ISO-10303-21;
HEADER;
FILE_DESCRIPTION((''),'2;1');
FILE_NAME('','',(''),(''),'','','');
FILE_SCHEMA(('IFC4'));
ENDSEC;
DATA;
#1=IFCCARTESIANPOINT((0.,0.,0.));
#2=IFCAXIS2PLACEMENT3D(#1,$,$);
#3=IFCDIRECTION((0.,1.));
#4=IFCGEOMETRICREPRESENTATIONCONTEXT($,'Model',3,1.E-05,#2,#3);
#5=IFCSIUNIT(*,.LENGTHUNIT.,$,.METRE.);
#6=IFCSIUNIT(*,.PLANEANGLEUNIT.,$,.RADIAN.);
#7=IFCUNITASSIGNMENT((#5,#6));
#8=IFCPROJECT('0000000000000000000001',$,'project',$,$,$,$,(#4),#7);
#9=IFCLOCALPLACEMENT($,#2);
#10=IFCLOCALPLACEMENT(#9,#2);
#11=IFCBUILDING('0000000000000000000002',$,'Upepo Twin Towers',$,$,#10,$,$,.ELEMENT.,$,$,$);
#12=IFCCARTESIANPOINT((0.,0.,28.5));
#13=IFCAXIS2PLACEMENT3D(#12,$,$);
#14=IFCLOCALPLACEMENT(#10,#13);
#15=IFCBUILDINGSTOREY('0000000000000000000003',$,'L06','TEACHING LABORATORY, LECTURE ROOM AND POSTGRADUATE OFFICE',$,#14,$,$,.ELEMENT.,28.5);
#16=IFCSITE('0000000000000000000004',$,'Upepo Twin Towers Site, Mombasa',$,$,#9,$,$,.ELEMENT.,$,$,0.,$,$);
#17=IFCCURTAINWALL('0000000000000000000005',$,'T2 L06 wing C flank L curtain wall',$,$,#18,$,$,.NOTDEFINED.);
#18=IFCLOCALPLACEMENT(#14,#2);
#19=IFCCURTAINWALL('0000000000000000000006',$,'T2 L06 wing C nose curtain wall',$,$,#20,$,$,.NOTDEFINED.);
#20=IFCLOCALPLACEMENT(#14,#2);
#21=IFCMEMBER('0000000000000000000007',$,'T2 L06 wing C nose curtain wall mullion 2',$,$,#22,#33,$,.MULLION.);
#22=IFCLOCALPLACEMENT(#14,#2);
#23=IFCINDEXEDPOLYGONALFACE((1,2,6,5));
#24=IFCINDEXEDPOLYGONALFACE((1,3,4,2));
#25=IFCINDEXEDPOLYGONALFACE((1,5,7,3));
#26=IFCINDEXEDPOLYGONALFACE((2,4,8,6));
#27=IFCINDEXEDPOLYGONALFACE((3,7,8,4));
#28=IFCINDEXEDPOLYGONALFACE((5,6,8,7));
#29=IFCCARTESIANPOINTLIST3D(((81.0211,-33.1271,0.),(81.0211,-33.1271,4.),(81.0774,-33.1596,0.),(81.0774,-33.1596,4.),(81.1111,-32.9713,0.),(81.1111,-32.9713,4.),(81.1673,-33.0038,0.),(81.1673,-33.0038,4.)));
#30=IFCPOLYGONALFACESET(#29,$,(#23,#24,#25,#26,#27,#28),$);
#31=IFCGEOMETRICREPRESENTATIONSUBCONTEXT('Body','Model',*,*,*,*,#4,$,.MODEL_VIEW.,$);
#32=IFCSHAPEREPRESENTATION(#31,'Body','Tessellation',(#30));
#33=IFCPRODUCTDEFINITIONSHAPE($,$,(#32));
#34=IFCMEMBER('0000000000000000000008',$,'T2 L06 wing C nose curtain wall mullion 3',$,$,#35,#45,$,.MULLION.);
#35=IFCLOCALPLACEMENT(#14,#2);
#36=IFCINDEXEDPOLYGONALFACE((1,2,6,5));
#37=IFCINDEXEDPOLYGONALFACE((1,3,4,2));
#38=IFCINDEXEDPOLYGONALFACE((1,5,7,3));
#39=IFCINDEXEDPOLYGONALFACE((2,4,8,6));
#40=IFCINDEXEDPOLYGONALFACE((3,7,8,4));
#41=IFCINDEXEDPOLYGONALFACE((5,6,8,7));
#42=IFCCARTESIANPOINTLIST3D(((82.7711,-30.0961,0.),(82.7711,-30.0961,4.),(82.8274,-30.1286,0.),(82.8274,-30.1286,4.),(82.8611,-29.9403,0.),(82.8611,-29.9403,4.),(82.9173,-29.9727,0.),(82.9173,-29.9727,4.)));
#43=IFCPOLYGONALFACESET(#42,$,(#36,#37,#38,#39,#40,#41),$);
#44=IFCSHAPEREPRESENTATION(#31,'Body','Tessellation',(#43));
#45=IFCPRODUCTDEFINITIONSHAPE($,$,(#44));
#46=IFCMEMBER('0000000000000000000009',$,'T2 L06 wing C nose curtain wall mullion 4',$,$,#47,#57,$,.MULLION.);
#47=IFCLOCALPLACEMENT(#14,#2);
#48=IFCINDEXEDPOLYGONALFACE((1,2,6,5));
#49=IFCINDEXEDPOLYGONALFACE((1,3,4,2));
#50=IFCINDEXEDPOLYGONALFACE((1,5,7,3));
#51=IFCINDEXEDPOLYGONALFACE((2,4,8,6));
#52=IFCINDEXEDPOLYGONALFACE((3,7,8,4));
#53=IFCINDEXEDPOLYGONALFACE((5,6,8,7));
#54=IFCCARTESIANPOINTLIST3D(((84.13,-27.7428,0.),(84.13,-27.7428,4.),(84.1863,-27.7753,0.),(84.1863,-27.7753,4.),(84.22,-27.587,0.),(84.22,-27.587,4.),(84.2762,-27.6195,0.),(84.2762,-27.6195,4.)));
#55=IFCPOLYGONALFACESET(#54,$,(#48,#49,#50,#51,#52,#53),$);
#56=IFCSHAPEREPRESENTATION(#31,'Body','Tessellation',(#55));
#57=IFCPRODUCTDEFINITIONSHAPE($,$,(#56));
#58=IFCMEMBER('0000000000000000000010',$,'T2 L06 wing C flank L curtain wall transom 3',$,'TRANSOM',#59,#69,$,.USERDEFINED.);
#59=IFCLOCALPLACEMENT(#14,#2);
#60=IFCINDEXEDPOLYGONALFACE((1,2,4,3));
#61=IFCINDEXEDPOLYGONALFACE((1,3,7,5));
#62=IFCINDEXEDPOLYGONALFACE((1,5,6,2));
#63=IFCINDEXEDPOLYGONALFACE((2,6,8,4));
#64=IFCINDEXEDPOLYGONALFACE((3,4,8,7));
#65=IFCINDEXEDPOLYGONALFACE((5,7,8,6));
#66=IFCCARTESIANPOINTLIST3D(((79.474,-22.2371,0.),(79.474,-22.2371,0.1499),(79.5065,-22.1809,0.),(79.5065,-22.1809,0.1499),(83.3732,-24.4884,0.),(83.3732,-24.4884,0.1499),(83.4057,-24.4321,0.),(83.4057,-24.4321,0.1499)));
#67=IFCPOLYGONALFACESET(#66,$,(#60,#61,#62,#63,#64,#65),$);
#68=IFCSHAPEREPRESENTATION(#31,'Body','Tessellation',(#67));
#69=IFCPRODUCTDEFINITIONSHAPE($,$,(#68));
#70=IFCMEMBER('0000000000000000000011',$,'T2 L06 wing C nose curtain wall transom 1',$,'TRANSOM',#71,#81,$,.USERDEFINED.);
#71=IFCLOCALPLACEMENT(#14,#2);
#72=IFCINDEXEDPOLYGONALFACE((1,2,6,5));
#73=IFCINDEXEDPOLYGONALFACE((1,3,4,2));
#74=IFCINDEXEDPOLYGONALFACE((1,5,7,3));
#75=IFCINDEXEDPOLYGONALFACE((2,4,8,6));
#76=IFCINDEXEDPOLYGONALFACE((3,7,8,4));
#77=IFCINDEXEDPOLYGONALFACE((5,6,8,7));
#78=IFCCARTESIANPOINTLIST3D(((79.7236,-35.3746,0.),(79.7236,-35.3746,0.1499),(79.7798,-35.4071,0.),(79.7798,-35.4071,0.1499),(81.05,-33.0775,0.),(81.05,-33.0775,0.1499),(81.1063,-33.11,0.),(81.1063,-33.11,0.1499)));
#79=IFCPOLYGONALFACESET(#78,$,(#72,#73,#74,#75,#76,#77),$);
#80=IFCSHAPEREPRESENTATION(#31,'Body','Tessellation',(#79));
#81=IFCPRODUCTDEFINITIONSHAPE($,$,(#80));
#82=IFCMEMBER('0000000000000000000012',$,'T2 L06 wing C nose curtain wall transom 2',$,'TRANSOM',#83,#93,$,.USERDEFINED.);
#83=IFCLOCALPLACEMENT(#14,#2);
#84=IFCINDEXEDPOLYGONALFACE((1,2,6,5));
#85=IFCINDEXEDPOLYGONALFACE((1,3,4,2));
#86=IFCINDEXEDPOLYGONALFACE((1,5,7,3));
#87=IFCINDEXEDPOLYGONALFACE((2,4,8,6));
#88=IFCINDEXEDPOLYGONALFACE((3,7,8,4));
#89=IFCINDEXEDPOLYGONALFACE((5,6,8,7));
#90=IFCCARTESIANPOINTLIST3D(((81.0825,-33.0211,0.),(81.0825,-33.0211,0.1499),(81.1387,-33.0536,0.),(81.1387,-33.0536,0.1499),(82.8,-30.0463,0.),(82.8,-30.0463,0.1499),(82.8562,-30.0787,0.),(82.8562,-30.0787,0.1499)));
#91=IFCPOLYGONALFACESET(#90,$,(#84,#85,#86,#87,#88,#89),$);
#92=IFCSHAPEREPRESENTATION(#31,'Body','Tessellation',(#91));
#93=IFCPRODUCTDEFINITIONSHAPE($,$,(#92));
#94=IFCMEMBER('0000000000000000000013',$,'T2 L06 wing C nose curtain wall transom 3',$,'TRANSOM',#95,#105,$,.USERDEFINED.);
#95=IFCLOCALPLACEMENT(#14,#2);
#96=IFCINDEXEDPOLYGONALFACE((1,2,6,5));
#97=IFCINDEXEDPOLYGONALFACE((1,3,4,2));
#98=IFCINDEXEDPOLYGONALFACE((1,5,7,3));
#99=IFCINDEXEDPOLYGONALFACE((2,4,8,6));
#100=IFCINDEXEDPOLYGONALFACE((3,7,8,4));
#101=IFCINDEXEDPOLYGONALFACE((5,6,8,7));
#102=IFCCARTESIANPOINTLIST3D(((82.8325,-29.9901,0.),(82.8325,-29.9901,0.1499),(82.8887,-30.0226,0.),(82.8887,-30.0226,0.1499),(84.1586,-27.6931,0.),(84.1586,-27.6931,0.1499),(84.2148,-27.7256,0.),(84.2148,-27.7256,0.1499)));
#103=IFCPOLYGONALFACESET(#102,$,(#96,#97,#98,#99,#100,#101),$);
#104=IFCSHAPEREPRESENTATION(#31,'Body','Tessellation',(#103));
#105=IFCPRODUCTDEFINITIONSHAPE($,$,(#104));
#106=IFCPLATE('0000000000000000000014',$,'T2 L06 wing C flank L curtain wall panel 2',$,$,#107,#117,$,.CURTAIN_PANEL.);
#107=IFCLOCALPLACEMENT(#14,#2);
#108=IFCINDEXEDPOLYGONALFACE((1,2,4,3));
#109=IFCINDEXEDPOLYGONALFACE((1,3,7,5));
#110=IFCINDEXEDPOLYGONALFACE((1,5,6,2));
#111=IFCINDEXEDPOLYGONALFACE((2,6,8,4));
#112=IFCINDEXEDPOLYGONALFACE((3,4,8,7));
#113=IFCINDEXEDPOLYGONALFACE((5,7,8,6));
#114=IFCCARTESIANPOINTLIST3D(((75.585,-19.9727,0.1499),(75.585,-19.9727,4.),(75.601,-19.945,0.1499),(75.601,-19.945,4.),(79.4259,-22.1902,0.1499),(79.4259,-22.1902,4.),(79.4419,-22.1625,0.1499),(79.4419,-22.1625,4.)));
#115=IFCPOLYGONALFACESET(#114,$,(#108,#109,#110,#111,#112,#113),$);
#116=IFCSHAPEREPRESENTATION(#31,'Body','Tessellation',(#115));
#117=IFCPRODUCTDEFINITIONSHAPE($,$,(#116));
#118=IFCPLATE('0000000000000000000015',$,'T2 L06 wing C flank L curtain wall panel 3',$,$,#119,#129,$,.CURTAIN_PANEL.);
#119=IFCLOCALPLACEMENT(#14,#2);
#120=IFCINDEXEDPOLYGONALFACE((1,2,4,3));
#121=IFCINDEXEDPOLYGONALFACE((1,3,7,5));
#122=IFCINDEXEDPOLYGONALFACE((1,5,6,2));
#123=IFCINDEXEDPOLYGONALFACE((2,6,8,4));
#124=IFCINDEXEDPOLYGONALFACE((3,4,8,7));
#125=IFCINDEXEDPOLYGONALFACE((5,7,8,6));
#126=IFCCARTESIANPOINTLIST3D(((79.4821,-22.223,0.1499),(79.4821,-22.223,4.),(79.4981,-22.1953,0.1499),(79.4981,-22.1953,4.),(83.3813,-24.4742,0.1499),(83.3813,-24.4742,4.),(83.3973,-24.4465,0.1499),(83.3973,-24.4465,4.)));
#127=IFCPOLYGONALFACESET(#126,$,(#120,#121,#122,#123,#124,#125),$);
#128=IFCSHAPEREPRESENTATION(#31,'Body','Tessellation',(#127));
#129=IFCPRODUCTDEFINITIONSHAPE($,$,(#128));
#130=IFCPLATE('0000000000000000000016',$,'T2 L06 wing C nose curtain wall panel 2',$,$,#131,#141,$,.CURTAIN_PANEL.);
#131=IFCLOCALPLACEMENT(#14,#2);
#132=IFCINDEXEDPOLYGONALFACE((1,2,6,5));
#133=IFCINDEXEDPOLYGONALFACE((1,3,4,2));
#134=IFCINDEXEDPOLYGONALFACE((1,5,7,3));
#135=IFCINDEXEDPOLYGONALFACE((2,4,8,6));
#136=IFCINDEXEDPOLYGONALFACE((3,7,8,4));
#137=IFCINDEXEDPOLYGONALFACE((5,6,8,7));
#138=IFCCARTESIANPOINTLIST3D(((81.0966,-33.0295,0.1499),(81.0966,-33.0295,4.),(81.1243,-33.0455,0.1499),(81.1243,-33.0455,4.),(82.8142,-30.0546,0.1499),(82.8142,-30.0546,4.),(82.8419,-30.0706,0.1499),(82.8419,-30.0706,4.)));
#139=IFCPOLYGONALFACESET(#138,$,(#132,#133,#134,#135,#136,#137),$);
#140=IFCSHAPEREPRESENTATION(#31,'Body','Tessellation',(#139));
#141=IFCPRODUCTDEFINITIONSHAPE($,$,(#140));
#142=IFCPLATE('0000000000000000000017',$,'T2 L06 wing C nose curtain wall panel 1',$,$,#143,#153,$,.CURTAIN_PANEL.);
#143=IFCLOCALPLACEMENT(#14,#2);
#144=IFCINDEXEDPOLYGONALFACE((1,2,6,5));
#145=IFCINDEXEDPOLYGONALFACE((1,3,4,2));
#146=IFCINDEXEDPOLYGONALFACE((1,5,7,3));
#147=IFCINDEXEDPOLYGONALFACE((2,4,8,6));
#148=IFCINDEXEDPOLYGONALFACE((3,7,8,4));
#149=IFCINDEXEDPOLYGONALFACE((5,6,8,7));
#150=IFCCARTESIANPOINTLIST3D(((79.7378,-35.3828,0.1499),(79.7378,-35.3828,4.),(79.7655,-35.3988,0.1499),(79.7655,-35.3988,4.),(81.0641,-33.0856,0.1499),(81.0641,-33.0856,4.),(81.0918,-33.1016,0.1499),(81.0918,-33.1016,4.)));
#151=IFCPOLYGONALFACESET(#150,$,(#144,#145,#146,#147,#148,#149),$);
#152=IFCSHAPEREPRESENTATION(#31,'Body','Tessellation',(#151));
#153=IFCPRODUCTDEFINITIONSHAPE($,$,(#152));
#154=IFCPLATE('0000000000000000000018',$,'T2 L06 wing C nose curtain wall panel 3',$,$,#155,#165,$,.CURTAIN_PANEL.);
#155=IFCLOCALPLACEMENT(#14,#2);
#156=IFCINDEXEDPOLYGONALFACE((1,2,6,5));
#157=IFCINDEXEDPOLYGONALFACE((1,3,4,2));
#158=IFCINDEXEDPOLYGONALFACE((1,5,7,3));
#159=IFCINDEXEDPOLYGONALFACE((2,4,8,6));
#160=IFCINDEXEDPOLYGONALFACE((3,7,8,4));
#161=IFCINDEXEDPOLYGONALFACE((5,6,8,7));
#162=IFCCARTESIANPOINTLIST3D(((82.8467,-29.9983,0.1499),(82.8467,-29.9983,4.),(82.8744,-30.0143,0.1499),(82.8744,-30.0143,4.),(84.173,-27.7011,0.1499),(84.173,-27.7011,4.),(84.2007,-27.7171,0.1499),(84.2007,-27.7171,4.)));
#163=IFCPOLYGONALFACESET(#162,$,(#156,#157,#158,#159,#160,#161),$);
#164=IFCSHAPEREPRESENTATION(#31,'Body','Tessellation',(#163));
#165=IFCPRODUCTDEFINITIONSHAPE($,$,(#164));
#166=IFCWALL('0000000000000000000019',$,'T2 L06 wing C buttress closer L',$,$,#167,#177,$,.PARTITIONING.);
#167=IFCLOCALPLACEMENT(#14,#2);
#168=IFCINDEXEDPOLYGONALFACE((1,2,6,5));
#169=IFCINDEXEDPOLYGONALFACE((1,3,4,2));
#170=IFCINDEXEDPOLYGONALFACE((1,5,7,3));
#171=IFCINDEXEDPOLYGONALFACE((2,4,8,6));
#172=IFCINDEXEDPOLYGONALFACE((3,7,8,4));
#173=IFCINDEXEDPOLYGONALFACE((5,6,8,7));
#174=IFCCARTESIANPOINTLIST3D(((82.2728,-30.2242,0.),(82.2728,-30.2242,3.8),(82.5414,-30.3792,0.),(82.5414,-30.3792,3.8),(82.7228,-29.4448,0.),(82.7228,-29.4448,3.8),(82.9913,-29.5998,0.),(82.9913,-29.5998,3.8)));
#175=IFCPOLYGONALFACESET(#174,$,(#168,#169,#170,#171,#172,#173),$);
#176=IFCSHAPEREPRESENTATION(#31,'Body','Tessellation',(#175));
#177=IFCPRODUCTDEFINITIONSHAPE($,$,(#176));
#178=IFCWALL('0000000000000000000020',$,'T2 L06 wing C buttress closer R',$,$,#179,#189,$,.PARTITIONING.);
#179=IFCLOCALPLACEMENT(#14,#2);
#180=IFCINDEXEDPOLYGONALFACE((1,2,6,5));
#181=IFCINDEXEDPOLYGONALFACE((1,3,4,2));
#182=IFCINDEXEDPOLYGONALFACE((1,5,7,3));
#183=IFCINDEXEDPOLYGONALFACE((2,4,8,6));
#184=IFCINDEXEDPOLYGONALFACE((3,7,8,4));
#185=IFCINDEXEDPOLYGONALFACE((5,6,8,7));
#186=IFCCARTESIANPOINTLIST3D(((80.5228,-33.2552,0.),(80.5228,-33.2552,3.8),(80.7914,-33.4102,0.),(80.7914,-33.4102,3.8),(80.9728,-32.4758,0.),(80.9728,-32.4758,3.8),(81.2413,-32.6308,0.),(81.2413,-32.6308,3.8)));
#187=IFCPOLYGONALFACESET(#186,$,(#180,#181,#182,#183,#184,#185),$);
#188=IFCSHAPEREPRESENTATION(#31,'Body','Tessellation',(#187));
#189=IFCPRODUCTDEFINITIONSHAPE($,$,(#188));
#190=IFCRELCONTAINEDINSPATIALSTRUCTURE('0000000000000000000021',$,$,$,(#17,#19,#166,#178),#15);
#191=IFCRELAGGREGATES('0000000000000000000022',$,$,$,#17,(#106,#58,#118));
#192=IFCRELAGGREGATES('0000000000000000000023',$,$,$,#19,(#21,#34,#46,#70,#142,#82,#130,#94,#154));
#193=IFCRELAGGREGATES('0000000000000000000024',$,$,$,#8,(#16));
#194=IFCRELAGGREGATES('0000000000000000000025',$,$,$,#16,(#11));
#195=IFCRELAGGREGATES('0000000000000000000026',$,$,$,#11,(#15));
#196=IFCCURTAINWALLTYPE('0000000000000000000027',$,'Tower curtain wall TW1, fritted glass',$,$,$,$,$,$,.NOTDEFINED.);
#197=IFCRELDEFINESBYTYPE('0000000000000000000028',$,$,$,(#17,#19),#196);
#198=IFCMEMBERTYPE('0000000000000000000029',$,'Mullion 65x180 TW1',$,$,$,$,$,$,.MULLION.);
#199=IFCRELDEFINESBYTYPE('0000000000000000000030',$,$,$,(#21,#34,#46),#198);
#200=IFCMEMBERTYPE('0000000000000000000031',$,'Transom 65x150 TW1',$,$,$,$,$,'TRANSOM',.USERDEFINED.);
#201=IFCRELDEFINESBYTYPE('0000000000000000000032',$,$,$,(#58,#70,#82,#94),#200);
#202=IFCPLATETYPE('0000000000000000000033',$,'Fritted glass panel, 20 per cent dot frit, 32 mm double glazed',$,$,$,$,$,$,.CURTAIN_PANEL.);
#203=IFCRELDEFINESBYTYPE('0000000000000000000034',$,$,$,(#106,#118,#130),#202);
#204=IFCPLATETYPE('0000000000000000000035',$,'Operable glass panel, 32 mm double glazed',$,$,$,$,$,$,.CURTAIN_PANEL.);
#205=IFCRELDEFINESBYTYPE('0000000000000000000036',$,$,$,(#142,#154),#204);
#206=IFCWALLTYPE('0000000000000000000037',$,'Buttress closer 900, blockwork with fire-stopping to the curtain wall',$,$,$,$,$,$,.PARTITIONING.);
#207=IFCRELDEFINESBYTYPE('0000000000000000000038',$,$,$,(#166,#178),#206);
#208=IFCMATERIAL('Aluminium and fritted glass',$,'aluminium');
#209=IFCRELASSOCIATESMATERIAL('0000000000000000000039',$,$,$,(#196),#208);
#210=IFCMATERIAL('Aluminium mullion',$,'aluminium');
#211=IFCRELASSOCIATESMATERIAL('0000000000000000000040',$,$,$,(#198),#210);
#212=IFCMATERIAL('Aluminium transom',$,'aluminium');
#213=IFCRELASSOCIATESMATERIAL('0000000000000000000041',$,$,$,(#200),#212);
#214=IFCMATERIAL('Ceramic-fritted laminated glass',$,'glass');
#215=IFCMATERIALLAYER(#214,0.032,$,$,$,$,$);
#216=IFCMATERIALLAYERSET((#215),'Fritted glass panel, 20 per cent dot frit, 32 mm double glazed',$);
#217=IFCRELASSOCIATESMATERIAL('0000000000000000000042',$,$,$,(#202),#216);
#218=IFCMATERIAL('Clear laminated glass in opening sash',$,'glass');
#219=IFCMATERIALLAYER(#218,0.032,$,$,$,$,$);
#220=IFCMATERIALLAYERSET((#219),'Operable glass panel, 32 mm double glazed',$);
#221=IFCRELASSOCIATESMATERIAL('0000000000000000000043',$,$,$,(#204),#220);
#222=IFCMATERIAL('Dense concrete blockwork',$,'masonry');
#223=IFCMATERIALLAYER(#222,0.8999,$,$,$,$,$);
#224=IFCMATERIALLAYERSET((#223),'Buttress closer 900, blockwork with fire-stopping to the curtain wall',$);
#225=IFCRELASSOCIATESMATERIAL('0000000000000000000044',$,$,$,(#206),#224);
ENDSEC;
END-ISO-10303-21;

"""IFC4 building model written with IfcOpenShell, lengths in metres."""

from ifc_helpers import new_model, si_unit, direction, frame, frame_2d, origin, origin_2d, place, context, subcontext, project, spatial, rectangle, extrude, material, layer, layer_set, material_profile, profile_set, type_object, element, aggregate, save


model = new_model("IFC4")

# Units and contexts
model_context = context("Model", 3, precision=1e-05, world=origin(), true_north=direction((0.0, 1.0)))
body_context = subcontext(model_context, "Body", "Model", "MODEL_VIEW")
ifc_project = project(units=[si_unit("LENGTHUNIT", "METRE"), si_unit("PLANEANGLEUNIT", "RADIAN")], contexts=[model_context])

# Site, building, storey
site_placement = place(None, origin())
site = spatial("IfcSite", under=ifc_project, at=site_placement, Name="Upepo Twin Towers Site, Mombasa", CompositionType="ELEMENT", RefElevation=0.0)
building_placement = place(site_placement, origin())
building = spatial("IfcBuilding", under=site, at=building_placement, Name="Upepo Twin Towers", CompositionType="ELEMENT")
storey_placement = place(building_placement, frame((0.0, 0.0, 28.5)))
storey = spatial("IfcBuildingStorey", under=building, at=storey_placement, Name="L06", Description="TEACHING LABORATORY, LECTURE ROOM AND POSTGRADUATE OFFICE", CompositionType="ELEMENT", Elevation=28.5)

# Curtain wall
ifc_material_1 = material(Name="Aluminium and fritted glass", Category="aluminium")
curtain_wall_type = type_object("IfcCurtainWallType", Name="Tower curtain wall TW1, fritted glass", PredefinedType="NOTDEFINED", material=ifc_material_1)
curtain_wall_1_placement = place(storey_placement, origin())
curtain_wall_1 = element("IfcCurtainWall", 1, at=curtain_wall_1_placement, inside=storey, type_object=curtain_wall_type, Name="T2 L06 wing C flank L curtain wall", PredefinedType="NOTDEFINED")
ifc_material_2 = material(Name="Aluminium mullion", Category="aluminium")
ifc_material_profile_1 = material_profile(ifc_material_2, rectangle(XDim=0.0649, YDim=0.1799, at=origin_2d()), Name="MULLION 65x180")
ifc_profile_set_1 = profile_set([ifc_material_profile_1], Name="Aluminium mullion")
member_type_1 = type_object("IfcMemberType", Name="Mullion 65x180 TW1", PredefinedType="MULLION", material=ifc_profile_set_1)

# Curtain wall, members
curtain_wall_2_placement = place(storey_placement, origin())
curtain_wall_2 = element("IfcCurtainWall", 2, at=curtain_wall_2_placement, inside=storey, type_object=curtain_wall_type, Name="T2 L06 wing C nose curtain wall", PredefinedType="NOTDEFINED")
member_1_placement = place(storey_placement, frame((81.0942, -33.0654, 0.0), z_axis=(0.0, 0.0, 1.0), x_axis=(-0.866025, 0.5, 0.0)))
member_1 = element("IfcMember", 3, at=member_1_placement, type_object=member_type_1, Name="T2 L06 wing C nose curtain wall mullion 2", PredefinedType="MULLION", context=body_context, shape_type="SweptSolid", body=[
    extrude(rectangle(XDim=0.0649, YDim=0.1799, at=origin_2d()), origin(), (0.0, 0.0, 1.0), 4.0),
])
member_2_placement = place(storey_placement, frame((82.8442, -30.0344, 0.0), z_axis=(0.0, 0.0, 1.0), x_axis=(-0.866025, 0.5, 0.0)))
member_2 = element("IfcMember", 4, at=member_2_placement, type_object=member_type_1, Name="T2 L06 wing C nose curtain wall mullion 3", PredefinedType="MULLION", context=body_context, shape_type="SweptSolid", body=[
    extrude(rectangle(XDim=0.0649, YDim=0.1799, at=origin_2d()), origin(), (0.0, 0.0, 1.0), 4.0),
])
member_3_placement = place(storey_placement, frame((84.2031, -27.6812, 0.0), z_axis=(0.0, 0.0, 1.0), x_axis=(-0.866025, 0.5, 0.0)))
member_3 = element("IfcMember", 5, at=member_3_placement, type_object=member_type_1, Name="T2 L06 wing C nose curtain wall mullion 4", PredefinedType="MULLION", context=body_context, shape_type="SweptSolid", body=[
    extrude(rectangle(XDim=0.0649, YDim=0.1799, at=origin_2d()), origin(), (0.0, 0.0, 1.0), 4.0),
])

# Members
ifc_material_3 = material(Name="Aluminium transom", Category="aluminium")
ifc_material_profile_2 = material_profile(ifc_material_3, rectangle(XDim=0.0649, YDim=0.1499, at=origin_2d()), Name="TRANSOM 65x150")
ifc_profile_set_2 = profile_set([ifc_material_profile_2], Name="Aluminium transom")
member_type_2 = type_object("IfcMemberType", Name="Transom 65x150 TW1", ElementType="TRANSOM", PredefinedType="USERDEFINED", material=ifc_profile_set_2)
member_4_placement = place(storey_placement, frame((79.4902, -22.209, 0.075), z_axis=(0.866022, -0.500006, 0.0), x_axis=(0.500006, 0.866022, 0.0)))
member_4 = element("IfcMember", 6, at=member_4_placement, type_object=member_type_2, Name="T2 L06 wing C flank L curtain wall transom 3", ObjectType="TRANSOM", PredefinedType="USERDEFINED", context=body_context, shape_type="SweptSolid", body=[
    extrude(rectangle(XDim=0.0649, YDim=0.1499, at=origin_2d()), origin(), (0.0, 0.0, 1.0), 4.5024),
])
member_5_placement = place(storey_placement, frame((79.7517, -35.3909, 0.075), z_axis=(0.500049, 0.865997, 0.0), x_axis=(-0.865997, 0.500049, 0.0)))
member_5 = element("IfcMember", 7, at=member_5_placement, type_object=member_type_2, Name="T2 L06 wing C nose curtain wall transom 1", ObjectType="TRANSOM", PredefinedType="USERDEFINED", context=body_context, shape_type="SweptSolid", body=[
    extrude(rectangle(XDim=0.0649, YDim=0.1499, at=origin_2d()), origin(), (0.0, 0.0, 1.0), 2.6526),
])
member_6_placement = place(storey_placement, frame((81.1106, -33.0374, 0.075), z_axis=(0.499999, 0.866026, 0.0), x_axis=(-0.866026, 0.499999, 0.0)))
member_6 = element("IfcMember", 8, at=member_6_placement, type_object=member_type_2, Name="T2 L06 wing C nose curtain wall transom 2", ObjectType="TRANSOM", PredefinedType="USERDEFINED", context=body_context, shape_type="SweptSolid", body=[
    extrude(rectangle(XDim=0.0649, YDim=0.1499, at=origin_2d()), origin(), (0.0, 0.0, 1.0), 3.4351),
])
member_7_placement = place(storey_placement, frame((82.8606, -30.0063, 0.075), z_axis=(0.49998, 0.866037, 0.0), x_axis=(-0.866037, 0.49998, 0.0)))
member_7 = element("IfcMember", 9, at=member_7_placement, type_object=member_type_2, Name="T2 L06 wing C nose curtain wall transom 3", ObjectType="TRANSOM", PredefinedType="USERDEFINED", context=body_context, shape_type="SweptSolid", body=[
    extrude(rectangle(XDim=0.0649, YDim=0.1499, at=origin_2d()), origin(), (0.0, 0.0, 1.0), 2.6523),
])

# Plates
ifc_material_4 = material(Name="Ceramic-fritted laminated glass", Category="glass")
ifc_layer_1 = layer(ifc_material_4, 0.032)
ifc_layer_set_1 = layer_set([ifc_layer_1], Name="Fritted glass panel, 20 per cent dot frit, 32 mm double glazed")
plate_type_1 = type_object("IfcPlateType", Name="Fritted glass panel, 20 per cent dot frit, 32 mm double glazed", PredefinedType="CURTAIN_PANEL", material=ifc_layer_set_1)
plate_1_placement = place(storey_placement, frame((77.5134, -21.0676, 0.1499), z_axis=(0.0, 0.0, 1.0), x_axis=(0.866025, -0.5, 0.0)))
plate_1 = element("IfcPlate", 10, at=plate_1_placement, type_object=plate_type_1, Name="T2 L06 wing C flank L curtain wall panel 2", PredefinedType="CURTAIN_PANEL", context=body_context, shape_type="SweptSolid", body=[
    extrude(rectangle(XDim=4.4351, YDim=0.032, at=origin_2d()), origin(), (0.0, 0.0, 1.0), 3.8501),
])
plate_2_placement = place(storey_placement, frame((81.4397, -23.3347, 0.1499), z_axis=(0.0, 0.0, 1.0), x_axis=(0.866025, -0.5, 0.0)))
plate_2 = element("IfcPlate", 11, at=plate_2_placement, type_object=plate_type_1, Name="T2 L06 wing C flank L curtain wall panel 3", PredefinedType="CURTAIN_PANEL", context=body_context, shape_type="SweptSolid", body=[
    extrude(rectangle(XDim=4.5024, YDim=0.032, at=origin_2d()), origin(), (0.0, 0.0, 1.0), 3.8501),
])
aggregate(curtain_wall_1, [plate_1, member_4, plate_2])
plate_3_placement = place(storey_placement, frame((81.9692, -31.55, 0.1499), z_axis=(0.0, 0.0, 1.0), x_axis=(0.5, 0.866025, 0.0)))
plate_3 = element("IfcPlate", 12, at=plate_3_placement, type_object=plate_type_1, Name="T2 L06 wing C nose curtain wall panel 2", PredefinedType="CURTAIN_PANEL", context=body_context, shape_type="SweptSolid", body=[
    extrude(rectangle(XDim=3.4351, YDim=0.032, at=origin_2d()), origin(), (0.0, 0.0, 1.0), 3.8501),
])
ifc_material_5 = material(Name="Clear laminated glass in opening sash", Category="glass")
ifc_layer_2 = layer(ifc_material_5, 0.032)
ifc_layer_set_2 = layer_set([ifc_layer_2], Name="Operable glass panel, 32 mm double glazed")
plate_type_2 = type_object("IfcPlateType", Name="Operable glass panel, 32 mm double glazed", PredefinedType="CURTAIN_PANEL", material=ifc_layer_set_2)
plate_4_placement = place(storey_placement, frame((80.4148, -34.2422, 0.1499), z_axis=(0.0, 0.0, 1.0), x_axis=(0.5, 0.866025, 0.0)))
plate_4 = element("IfcPlate", 13, at=plate_4_placement, type_object=plate_type_2, Name="T2 L06 wing C nose curtain wall panel 1", PredefinedType="CURTAIN_PANEL", context=body_context, shape_type="SweptSolid", body=[
    extrude(rectangle(XDim=2.6526, YDim=0.032, at=origin_2d()), origin(), (0.0, 0.0, 1.0), 3.8501),
])
plate_5_placement = place(storey_placement, frame((83.5237, -28.8577, 0.1499), z_axis=(0.0, 0.0, 1.0), x_axis=(0.5, 0.866025, 0.0)))
plate_5 = element("IfcPlate", 14, at=plate_5_placement, type_object=plate_type_2, Name="T2 L06 wing C nose curtain wall panel 3", PredefinedType="CURTAIN_PANEL", context=body_context, shape_type="SweptSolid", body=[
    extrude(rectangle(XDim=2.6526, YDim=0.032, at=origin_2d()), origin(), (0.0, 0.0, 1.0), 3.8501),
])
aggregate(curtain_wall_2, [member_1, member_2, member_3, member_5, plate_4, member_6, plate_3, member_7, plate_5])

# Walls
ifc_material_6 = material(Name="Dense concrete blockwork", Category="masonry")
ifc_layer_3 = layer(ifc_material_6, 0.8999)
ifc_layer_set_3 = layer_set([ifc_layer_3], Name="Buttress closer 900, blockwork with fire-stopping to the curtain wall")
wall_type_1 = type_object("IfcWallType", Name="Buttress closer 900, blockwork with fire-stopping to the curtain wall", PredefinedType="PARTITIONING", material=ifc_layer_set_3)
for number, where, z_axis, x_axis, name in (
    (15, (82.4978, -29.8345, 0.0), (0.0, 0.0, 1.0), (0.866054, -0.49995, 0.0), "T2 L06 wing C buttress closer L"),
    (16, (80.7478, -32.8655, 0.0), (0.0, 0.0, 1.0), (0.866054, -0.49995, 0.0), "T2 L06 wing C buttress closer R"),
):
    element("IfcWall", number, at=place(storey_placement, frame(where, z_axis=z_axis, x_axis=x_axis)), inside=storey, type_object=wall_type_1, Name=name, PredefinedType="PARTITIONING", context=body_context, shape_type="SweptSolid", body=[
        extrude(rectangle(XDim=0.3101, YDim=0.8999, at=frame_2d((0.155, 0.0))), origin(), (0.0, 0.0, 1.0), 3.8),
    ])

save(model, "model.ifc")
